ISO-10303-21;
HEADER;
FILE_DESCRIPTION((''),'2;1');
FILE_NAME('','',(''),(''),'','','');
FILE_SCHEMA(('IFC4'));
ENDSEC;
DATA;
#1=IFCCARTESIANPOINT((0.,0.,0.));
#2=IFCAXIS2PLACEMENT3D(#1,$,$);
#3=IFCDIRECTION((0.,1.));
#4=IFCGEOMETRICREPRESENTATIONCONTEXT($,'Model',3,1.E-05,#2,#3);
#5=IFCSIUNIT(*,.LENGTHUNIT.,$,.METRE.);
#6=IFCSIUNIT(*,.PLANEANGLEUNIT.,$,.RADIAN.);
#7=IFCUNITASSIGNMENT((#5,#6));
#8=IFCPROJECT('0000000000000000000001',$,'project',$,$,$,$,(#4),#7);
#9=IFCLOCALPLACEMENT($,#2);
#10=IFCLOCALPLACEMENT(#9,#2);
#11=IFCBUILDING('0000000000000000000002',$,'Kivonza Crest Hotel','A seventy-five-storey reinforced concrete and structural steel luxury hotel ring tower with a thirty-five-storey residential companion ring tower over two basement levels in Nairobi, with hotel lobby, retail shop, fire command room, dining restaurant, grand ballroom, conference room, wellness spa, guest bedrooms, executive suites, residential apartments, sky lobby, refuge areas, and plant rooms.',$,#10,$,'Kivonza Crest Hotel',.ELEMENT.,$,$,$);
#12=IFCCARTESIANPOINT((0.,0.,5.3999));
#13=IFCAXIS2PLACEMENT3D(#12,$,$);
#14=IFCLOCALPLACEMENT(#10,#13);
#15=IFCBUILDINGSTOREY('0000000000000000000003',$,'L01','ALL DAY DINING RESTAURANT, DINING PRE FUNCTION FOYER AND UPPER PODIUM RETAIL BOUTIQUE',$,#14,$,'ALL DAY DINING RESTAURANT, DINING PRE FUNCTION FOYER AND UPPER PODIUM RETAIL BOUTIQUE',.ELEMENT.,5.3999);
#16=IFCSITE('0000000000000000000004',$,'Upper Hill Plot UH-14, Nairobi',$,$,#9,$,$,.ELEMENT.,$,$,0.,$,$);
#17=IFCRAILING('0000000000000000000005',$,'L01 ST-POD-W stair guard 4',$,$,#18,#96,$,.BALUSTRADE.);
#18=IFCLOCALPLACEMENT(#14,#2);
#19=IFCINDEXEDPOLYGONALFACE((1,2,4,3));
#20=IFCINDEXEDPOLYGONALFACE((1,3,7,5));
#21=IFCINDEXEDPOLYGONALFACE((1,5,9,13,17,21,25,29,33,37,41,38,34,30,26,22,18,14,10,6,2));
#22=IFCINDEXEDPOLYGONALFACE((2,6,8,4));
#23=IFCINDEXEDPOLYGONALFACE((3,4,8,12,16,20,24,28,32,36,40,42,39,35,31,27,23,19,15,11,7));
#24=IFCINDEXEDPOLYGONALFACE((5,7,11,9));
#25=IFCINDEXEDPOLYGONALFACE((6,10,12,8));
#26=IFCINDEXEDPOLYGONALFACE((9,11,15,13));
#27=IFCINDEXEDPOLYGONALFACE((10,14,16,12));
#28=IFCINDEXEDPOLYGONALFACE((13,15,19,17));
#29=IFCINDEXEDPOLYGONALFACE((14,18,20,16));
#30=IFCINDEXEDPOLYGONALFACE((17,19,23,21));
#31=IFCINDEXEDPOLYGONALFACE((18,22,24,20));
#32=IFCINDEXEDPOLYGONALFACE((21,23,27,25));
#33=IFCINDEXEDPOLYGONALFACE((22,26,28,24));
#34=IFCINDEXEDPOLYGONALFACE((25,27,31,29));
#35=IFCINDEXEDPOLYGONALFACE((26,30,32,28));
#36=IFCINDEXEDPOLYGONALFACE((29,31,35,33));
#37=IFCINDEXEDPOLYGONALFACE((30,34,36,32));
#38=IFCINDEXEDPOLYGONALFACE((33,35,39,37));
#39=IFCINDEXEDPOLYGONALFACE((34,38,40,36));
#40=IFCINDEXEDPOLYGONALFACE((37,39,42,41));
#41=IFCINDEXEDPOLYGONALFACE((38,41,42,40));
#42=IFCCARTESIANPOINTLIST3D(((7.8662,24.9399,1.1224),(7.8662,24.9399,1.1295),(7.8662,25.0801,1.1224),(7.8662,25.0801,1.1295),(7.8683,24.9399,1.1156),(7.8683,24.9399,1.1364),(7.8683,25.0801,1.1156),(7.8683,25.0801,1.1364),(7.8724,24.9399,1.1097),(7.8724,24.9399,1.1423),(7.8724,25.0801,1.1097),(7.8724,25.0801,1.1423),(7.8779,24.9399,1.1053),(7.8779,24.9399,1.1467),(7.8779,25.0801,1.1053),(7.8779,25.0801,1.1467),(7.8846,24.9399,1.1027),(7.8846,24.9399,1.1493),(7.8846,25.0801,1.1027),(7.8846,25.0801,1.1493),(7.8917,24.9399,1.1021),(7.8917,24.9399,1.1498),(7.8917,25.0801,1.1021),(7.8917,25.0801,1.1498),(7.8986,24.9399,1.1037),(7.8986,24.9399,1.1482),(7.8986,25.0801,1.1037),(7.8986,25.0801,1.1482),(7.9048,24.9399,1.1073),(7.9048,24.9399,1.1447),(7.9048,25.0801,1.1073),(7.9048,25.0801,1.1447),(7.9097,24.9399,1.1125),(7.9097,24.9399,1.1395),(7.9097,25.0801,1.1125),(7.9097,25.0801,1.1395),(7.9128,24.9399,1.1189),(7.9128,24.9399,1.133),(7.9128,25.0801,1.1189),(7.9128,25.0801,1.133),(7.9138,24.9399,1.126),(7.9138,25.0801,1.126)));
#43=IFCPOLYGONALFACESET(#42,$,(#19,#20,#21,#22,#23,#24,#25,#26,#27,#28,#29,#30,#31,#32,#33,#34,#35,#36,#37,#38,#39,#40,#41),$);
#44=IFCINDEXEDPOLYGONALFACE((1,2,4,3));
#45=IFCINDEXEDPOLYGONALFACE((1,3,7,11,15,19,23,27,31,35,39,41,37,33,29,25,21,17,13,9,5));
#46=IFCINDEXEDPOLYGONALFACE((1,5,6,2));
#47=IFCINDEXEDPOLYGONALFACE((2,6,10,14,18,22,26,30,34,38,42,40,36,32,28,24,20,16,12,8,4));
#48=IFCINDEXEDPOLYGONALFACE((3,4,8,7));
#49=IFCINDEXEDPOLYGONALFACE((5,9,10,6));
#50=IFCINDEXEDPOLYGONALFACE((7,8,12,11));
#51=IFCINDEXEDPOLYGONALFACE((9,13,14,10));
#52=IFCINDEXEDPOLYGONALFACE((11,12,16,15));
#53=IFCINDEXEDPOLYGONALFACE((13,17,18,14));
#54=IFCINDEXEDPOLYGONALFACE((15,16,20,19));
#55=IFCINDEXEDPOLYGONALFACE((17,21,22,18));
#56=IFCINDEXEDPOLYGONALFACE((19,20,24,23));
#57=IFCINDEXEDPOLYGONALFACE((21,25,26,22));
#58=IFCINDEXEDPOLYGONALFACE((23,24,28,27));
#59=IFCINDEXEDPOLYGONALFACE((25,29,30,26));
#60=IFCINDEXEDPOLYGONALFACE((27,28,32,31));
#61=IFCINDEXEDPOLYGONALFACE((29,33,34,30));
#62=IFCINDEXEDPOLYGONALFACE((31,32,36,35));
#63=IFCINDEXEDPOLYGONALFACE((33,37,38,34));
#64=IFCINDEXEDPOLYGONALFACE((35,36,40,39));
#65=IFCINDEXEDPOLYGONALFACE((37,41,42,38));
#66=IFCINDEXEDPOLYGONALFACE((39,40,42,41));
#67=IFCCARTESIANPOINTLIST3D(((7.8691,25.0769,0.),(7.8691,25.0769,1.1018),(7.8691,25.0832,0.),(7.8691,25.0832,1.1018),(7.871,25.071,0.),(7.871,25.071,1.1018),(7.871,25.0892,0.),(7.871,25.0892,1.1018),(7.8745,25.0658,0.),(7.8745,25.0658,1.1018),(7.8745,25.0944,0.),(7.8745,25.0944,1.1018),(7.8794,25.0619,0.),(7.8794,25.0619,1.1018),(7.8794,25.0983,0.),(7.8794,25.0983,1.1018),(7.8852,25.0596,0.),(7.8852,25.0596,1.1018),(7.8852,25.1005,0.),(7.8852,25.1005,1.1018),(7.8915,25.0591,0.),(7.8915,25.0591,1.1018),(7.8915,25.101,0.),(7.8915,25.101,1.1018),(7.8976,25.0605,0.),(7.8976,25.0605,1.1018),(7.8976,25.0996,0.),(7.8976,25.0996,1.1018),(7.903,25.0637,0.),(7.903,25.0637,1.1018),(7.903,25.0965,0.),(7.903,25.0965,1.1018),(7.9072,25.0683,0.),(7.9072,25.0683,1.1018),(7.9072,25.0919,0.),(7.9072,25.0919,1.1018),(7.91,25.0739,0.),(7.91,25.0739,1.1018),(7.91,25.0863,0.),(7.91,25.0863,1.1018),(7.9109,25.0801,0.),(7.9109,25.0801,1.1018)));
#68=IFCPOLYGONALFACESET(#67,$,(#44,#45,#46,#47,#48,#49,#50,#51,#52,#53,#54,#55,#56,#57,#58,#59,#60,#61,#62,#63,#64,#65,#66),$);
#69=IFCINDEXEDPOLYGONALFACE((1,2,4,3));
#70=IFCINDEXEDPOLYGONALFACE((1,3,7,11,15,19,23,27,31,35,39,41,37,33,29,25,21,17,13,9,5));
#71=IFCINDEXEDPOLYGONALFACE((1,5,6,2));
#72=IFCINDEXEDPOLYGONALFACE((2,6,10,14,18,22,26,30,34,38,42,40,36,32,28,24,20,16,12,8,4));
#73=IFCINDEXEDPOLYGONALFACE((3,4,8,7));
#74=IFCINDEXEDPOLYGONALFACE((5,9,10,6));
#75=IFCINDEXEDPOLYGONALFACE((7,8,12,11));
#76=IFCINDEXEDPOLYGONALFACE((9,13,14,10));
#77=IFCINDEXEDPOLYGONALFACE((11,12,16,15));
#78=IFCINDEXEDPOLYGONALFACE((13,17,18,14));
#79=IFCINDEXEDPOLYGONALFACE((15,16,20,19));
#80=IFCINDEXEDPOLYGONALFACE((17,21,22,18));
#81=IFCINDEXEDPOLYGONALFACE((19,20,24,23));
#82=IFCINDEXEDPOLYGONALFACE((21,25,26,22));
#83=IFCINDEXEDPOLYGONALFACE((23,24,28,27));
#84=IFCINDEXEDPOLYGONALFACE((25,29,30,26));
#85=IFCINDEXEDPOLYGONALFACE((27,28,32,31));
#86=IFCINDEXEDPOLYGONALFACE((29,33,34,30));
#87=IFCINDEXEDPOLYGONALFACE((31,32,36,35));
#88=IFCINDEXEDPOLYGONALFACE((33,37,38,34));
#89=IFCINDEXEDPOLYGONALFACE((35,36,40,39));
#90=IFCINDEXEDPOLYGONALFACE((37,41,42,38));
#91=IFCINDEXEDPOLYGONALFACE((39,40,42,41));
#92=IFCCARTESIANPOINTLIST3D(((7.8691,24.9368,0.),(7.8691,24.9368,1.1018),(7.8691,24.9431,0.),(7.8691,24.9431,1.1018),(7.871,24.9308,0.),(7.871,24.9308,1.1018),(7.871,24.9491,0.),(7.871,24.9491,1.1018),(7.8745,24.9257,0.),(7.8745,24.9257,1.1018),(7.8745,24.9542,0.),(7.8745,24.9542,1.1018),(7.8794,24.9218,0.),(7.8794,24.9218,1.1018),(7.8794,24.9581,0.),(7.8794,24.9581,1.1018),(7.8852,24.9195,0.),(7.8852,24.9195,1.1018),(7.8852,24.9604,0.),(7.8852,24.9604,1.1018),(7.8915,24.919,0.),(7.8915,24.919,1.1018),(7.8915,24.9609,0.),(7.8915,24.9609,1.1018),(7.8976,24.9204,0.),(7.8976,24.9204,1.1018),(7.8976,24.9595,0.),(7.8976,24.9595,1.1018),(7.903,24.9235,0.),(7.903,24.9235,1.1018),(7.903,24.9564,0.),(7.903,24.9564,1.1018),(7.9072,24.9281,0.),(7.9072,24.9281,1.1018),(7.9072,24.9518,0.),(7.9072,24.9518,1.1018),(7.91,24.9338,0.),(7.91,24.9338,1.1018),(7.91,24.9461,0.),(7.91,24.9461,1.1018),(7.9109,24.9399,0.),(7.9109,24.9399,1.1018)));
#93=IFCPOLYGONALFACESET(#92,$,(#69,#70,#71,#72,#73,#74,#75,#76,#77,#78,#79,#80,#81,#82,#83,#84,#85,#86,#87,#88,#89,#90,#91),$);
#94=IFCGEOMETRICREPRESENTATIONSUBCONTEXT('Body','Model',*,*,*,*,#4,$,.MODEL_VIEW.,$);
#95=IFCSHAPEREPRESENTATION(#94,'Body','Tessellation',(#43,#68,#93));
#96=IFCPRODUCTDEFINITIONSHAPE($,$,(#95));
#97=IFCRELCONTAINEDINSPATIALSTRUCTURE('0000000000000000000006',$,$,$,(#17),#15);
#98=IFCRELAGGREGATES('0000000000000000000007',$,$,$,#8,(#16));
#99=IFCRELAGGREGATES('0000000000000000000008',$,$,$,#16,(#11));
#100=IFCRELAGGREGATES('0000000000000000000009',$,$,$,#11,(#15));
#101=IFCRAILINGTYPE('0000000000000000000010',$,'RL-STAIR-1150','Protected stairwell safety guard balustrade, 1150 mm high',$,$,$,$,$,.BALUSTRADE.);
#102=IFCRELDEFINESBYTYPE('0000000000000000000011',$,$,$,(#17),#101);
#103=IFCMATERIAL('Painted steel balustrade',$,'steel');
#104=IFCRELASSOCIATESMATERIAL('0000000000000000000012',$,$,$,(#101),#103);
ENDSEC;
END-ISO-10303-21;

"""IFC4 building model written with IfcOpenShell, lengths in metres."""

from ifc_helpers import new_model, si_unit, direction, frame, origin, origin_2d, place, context, subcontext, project, spatial, circle, extrude, material, type_object, element, save


model = new_model("IFC4")

# Units and contexts
model_context = context("Model", 3, precision=1e-05, world=origin(), true_north=direction((0.0, 1.0)))
body_context = subcontext(model_context, "Body", "Model", "MODEL_VIEW")
ifc_project = project(units=[si_unit("LENGTHUNIT", "METRE"), si_unit("PLANEANGLEUNIT", "RADIAN")], contexts=[model_context])

# Site, building, storey
site_placement = place(None, origin())
site = spatial("IfcSite", under=ifc_project, at=site_placement, Name="Upper Hill Plot UH-14, Nairobi", CompositionType="ELEMENT", RefElevation=0.0)
building_placement = place(site_placement, origin())
building = spatial("IfcBuilding", under=site, at=building_placement, Name="Kivonza Crest Hotel", Description="A seventy-five-storey reinforced concrete and structural steel luxury hotel ring tower with a thirty-five-storey residential companion ring tower over two basement levels in Nairobi, with hotel lobby, retail shop, fire command room, dining restaurant, grand ballroom, conference room, wellness spa, guest bedrooms, executive suites, residential apartments, sky lobby, refuge areas, and plant rooms.", LongName="Kivonza Crest Hotel", CompositionType="ELEMENT")
storey_placement = place(building_placement, frame((0.0, 0.0, 5.3999)))
storey = spatial("IfcBuildingStorey", under=building, at=storey_placement, Name="L01", Description="ALL DAY DINING RESTAURANT, DINING PRE FUNCTION FOYER AND UPPER PODIUM RETAIL BOUTIQUE", LongName="ALL DAY DINING RESTAURANT, DINING PRE FUNCTION FOYER AND UPPER PODIUM RETAIL BOUTIQUE", CompositionType="ELEMENT", Elevation=5.3999)

# Railing
ifc_material_1 = material(Name="Painted steel balustrade", Category="steel")
railing_type_1 = type_object("IfcRailingType", Name="RL-STAIR-1150", Description="Protected stairwell safety guard balustrade, 1150 mm high", PredefinedType="BALUSTRADE", material=ifc_material_1)
railing_1_placement = place(storey_placement, frame((7.8899, 25.0801, 0.0)))
element("IfcRailing", 1, at=railing_1_placement, inside=storey, type_object=railing_type_1, Name="L01 ST-POD-W stair guard 4", PredefinedType="BALUSTRADE", context=body_context, shape_type="SweptSolid", body=[
    extrude(circle(Radius=0.0239, at=origin_2d()), frame((0.0, 0.0, 1.126), z_axis=(0.0, -1.0, 0.0), x_axis=(1.0, 0.0, 0.0)), (0.0, 0.0, 1.0), 0.1401),
    extrude(circle(Radius=0.021, at=origin_2d()), origin(), (0.0, 0.0, 1.0), 1.1018),
    extrude(circle(Radius=0.021, at=origin_2d()), frame((0.0, -0.1401, 0.0)), (0.0, 0.0, 1.0), 1.1018),
])

save(model, "model.ifc")
